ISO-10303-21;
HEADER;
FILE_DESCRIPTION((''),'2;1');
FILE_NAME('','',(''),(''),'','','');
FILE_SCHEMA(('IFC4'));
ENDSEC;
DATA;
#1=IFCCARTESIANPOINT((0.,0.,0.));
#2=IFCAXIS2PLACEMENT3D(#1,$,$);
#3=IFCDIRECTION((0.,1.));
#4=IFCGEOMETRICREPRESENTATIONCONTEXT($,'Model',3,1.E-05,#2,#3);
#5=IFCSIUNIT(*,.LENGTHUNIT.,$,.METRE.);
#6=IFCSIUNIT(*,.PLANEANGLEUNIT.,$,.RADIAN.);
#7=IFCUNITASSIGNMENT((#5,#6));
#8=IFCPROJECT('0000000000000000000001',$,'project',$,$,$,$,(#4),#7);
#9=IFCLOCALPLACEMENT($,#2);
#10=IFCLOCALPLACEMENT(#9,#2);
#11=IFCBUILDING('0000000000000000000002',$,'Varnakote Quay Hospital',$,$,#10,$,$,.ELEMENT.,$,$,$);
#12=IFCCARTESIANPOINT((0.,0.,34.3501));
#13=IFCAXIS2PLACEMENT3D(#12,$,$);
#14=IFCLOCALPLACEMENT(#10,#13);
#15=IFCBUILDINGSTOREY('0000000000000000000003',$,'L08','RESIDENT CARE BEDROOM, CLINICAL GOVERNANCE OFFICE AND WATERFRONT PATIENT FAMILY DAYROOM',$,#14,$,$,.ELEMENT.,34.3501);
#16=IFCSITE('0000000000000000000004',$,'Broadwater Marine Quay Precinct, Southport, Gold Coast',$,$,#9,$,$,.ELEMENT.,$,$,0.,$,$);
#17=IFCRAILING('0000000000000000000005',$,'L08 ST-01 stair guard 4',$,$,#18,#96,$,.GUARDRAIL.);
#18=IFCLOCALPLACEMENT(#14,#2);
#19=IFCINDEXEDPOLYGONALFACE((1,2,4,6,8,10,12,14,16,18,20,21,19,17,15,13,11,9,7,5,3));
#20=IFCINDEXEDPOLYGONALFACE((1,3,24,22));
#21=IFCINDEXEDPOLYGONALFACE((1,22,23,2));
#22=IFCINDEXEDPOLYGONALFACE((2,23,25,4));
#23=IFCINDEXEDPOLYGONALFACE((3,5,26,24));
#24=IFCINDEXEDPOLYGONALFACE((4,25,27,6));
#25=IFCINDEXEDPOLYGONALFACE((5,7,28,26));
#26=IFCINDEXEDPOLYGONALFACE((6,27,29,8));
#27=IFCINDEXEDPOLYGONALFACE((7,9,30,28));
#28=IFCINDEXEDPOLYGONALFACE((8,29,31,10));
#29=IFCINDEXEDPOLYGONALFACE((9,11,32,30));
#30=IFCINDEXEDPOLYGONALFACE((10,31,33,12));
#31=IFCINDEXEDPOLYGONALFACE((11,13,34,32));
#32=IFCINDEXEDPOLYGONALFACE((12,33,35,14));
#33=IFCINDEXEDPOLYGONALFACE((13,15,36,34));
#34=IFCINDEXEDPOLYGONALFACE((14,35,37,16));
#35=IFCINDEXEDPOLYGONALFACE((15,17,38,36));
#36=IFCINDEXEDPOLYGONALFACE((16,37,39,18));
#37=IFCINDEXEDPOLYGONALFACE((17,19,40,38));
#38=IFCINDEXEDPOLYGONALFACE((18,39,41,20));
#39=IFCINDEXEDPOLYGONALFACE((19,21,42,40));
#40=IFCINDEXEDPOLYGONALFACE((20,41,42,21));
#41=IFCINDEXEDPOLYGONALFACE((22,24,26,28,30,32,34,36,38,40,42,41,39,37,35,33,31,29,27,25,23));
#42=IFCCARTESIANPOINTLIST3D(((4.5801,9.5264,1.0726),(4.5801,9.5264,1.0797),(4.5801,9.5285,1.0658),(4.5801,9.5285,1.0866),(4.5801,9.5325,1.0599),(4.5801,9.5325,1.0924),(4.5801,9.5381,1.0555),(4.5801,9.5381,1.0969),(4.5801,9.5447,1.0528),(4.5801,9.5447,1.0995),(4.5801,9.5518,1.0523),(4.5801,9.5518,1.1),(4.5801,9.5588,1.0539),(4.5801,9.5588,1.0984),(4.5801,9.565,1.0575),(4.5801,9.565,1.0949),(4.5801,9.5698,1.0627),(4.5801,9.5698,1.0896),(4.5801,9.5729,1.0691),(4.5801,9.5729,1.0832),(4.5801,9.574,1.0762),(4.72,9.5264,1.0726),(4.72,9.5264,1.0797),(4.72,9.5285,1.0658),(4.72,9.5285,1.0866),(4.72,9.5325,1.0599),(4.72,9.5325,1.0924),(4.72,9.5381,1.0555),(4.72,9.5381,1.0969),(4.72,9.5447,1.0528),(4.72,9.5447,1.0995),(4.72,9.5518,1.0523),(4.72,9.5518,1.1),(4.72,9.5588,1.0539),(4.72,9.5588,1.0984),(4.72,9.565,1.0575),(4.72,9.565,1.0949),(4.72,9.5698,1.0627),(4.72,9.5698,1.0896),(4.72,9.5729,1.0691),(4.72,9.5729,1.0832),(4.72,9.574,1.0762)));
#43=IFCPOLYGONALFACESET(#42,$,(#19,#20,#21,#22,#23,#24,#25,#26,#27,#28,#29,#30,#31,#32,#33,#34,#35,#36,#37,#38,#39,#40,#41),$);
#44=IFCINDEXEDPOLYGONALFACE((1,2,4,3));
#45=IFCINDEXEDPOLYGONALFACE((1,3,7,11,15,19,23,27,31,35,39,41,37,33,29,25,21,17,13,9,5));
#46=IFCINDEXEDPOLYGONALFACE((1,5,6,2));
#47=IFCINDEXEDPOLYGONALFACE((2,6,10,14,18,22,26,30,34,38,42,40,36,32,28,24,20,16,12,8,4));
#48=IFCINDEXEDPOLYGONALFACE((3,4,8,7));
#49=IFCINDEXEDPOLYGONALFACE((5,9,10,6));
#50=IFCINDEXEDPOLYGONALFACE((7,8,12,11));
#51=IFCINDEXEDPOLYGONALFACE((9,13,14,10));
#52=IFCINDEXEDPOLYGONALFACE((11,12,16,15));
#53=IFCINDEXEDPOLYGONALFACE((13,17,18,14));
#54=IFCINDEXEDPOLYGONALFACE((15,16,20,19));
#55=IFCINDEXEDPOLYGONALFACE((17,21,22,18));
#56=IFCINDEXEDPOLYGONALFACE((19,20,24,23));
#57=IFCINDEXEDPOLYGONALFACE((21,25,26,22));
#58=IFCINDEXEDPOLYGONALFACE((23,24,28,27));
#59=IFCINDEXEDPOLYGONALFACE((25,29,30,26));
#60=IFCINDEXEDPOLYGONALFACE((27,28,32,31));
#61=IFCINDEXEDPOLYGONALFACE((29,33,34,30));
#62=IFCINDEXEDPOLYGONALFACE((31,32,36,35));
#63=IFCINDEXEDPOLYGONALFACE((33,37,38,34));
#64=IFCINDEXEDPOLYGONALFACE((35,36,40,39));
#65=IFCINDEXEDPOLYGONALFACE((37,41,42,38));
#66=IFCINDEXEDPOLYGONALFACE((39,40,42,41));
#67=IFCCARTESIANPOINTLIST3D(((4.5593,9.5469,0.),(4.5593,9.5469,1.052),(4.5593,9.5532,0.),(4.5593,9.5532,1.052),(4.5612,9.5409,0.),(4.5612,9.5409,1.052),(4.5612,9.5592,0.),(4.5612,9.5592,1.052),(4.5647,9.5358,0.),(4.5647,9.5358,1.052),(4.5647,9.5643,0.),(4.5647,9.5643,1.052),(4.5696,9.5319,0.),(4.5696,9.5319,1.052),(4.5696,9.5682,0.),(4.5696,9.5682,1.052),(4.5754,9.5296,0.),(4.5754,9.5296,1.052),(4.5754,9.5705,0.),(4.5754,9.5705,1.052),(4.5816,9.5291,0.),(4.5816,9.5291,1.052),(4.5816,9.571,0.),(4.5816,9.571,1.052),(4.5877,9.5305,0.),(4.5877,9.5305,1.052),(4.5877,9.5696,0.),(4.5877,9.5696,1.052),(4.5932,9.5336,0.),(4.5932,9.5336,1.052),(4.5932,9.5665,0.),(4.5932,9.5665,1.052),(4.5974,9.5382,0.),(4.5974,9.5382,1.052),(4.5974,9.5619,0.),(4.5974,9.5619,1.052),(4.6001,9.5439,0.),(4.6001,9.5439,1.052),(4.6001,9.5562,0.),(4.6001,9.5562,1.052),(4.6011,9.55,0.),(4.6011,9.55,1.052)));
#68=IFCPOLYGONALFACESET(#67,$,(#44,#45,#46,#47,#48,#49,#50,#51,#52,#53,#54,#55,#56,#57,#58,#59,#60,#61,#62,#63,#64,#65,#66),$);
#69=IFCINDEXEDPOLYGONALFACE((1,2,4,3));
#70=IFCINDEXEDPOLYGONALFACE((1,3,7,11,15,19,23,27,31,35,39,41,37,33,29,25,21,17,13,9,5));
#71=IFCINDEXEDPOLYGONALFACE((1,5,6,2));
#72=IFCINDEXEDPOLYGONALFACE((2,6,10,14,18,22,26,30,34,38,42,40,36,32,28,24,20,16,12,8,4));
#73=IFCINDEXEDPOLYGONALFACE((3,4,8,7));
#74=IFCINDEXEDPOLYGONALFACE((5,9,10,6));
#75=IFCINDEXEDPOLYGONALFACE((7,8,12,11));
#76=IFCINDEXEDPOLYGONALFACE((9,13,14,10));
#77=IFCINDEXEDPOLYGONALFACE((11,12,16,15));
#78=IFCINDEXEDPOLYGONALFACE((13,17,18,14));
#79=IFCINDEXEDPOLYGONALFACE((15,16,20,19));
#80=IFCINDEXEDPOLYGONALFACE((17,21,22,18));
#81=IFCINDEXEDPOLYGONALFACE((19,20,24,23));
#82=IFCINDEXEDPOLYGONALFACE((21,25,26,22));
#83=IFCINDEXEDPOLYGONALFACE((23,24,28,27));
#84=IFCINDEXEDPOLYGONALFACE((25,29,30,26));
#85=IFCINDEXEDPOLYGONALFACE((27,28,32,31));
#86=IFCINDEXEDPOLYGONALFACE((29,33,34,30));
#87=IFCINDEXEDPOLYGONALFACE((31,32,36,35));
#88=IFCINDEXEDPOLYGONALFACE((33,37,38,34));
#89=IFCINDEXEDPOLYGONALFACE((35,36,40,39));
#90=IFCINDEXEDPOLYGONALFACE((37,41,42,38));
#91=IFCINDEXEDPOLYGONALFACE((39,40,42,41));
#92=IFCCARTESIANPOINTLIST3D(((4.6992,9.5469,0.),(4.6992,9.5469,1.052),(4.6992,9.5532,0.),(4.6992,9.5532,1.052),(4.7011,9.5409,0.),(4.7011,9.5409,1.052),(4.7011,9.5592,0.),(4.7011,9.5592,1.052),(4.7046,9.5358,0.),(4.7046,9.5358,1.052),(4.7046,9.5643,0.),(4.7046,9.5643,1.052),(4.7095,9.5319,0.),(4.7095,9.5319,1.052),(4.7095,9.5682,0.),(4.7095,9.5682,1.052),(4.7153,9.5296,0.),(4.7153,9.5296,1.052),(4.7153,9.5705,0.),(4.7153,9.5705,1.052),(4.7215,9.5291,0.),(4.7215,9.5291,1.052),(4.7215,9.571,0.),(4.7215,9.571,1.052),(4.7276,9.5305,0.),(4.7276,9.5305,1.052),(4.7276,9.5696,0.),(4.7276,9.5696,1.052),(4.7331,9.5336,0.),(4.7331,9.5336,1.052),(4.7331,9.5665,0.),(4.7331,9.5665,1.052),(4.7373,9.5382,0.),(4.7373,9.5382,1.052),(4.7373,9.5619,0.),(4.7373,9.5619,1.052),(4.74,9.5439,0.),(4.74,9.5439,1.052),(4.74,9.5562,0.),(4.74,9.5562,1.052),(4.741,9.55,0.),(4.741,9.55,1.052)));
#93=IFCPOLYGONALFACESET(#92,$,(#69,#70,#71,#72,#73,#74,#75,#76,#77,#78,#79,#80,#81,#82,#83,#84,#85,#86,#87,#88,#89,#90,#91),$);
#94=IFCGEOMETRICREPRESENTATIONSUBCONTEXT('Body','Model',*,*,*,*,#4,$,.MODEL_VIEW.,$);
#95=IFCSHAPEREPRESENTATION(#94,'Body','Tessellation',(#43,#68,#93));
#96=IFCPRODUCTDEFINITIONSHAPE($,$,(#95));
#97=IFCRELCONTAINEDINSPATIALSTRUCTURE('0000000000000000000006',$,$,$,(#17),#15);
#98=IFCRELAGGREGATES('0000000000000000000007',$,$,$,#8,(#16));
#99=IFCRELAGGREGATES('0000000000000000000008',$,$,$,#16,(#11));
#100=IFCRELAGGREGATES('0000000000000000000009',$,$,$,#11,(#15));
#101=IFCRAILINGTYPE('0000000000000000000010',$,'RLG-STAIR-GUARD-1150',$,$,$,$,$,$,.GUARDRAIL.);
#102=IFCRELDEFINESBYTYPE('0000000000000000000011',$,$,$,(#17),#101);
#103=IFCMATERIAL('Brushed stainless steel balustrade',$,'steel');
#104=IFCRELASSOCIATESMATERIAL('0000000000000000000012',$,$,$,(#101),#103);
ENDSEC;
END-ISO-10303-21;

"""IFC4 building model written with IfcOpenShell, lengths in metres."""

from ifc_helpers import new_model, si_unit, direction, frame, origin, origin_2d, place, context, subcontext, project, spatial, circle, extrude, material, type_object, element, save


model = new_model("IFC4")

# Units and contexts
model_context = context("Model", 3, precision=1e-05, world=origin(), true_north=direction((0.0, 1.0)))
body_context = subcontext(model_context, "Body", "Model", "MODEL_VIEW")
ifc_project = project(units=[si_unit("LENGTHUNIT", "METRE"), si_unit("PLANEANGLEUNIT", "RADIAN")], contexts=[model_context])

# Site, building, storey
site_placement = place(None, origin())
site = spatial("IfcSite", under=ifc_project, at=site_placement, Name="Broadwater Marine Quay Precinct, Southport, Gold Coast", CompositionType="ELEMENT", RefElevation=0.0)
building_placement = place(site_placement, origin())
building = spatial("IfcBuilding", under=site, at=building_placement, Name="Varnakote Quay Hospital", CompositionType="ELEMENT")
storey_placement = place(building_placement, frame((0.0, 0.0, 34.3501)))
storey = spatial("IfcBuildingStorey", under=building, at=storey_placement, Name="L08", Description="RESIDENT CARE BEDROOM, CLINICAL GOVERNANCE OFFICE AND WATERFRONT PATIENT FAMILY DAYROOM", CompositionType="ELEMENT", Elevation=34.3501)

# Railing
ifc_material_1 = material(Name="Brushed stainless steel balustrade", Category="steel")
railing_type_1 = type_object("IfcRailingType", Name="RLG-STAIR-GUARD-1150", PredefinedType="GUARDRAIL", material=ifc_material_1)
railing_1_placement = place(storey_placement, frame((4.5801, 9.55, 0.0)))
element("IfcRailing", 1, at=railing_1_placement, inside=storey, type_object=railing_type_1, Name="L08 ST-01 stair guard 4", PredefinedType="GUARDRAIL", context=body_context, shape_type="SweptSolid", body=[
    extrude(circle(Radius=0.0239, at=origin_2d()), frame((0.0, 0.0, 1.0762), z_axis=(1.0, 0.0, 0.0), x_axis=(0.0, 1.0, 0.0)), (0.0, 0.0, 1.0), 0.1399),
    extrude(circle(Radius=0.021, at=origin_2d()), origin(), (0.0, 0.0, 1.0), 1.052),
    extrude(circle(Radius=0.021, at=origin_2d()), frame((0.1399, 0.0, 0.0)), (0.0, 0.0, 1.0), 1.052),
])

save(model, "model.ifc")
